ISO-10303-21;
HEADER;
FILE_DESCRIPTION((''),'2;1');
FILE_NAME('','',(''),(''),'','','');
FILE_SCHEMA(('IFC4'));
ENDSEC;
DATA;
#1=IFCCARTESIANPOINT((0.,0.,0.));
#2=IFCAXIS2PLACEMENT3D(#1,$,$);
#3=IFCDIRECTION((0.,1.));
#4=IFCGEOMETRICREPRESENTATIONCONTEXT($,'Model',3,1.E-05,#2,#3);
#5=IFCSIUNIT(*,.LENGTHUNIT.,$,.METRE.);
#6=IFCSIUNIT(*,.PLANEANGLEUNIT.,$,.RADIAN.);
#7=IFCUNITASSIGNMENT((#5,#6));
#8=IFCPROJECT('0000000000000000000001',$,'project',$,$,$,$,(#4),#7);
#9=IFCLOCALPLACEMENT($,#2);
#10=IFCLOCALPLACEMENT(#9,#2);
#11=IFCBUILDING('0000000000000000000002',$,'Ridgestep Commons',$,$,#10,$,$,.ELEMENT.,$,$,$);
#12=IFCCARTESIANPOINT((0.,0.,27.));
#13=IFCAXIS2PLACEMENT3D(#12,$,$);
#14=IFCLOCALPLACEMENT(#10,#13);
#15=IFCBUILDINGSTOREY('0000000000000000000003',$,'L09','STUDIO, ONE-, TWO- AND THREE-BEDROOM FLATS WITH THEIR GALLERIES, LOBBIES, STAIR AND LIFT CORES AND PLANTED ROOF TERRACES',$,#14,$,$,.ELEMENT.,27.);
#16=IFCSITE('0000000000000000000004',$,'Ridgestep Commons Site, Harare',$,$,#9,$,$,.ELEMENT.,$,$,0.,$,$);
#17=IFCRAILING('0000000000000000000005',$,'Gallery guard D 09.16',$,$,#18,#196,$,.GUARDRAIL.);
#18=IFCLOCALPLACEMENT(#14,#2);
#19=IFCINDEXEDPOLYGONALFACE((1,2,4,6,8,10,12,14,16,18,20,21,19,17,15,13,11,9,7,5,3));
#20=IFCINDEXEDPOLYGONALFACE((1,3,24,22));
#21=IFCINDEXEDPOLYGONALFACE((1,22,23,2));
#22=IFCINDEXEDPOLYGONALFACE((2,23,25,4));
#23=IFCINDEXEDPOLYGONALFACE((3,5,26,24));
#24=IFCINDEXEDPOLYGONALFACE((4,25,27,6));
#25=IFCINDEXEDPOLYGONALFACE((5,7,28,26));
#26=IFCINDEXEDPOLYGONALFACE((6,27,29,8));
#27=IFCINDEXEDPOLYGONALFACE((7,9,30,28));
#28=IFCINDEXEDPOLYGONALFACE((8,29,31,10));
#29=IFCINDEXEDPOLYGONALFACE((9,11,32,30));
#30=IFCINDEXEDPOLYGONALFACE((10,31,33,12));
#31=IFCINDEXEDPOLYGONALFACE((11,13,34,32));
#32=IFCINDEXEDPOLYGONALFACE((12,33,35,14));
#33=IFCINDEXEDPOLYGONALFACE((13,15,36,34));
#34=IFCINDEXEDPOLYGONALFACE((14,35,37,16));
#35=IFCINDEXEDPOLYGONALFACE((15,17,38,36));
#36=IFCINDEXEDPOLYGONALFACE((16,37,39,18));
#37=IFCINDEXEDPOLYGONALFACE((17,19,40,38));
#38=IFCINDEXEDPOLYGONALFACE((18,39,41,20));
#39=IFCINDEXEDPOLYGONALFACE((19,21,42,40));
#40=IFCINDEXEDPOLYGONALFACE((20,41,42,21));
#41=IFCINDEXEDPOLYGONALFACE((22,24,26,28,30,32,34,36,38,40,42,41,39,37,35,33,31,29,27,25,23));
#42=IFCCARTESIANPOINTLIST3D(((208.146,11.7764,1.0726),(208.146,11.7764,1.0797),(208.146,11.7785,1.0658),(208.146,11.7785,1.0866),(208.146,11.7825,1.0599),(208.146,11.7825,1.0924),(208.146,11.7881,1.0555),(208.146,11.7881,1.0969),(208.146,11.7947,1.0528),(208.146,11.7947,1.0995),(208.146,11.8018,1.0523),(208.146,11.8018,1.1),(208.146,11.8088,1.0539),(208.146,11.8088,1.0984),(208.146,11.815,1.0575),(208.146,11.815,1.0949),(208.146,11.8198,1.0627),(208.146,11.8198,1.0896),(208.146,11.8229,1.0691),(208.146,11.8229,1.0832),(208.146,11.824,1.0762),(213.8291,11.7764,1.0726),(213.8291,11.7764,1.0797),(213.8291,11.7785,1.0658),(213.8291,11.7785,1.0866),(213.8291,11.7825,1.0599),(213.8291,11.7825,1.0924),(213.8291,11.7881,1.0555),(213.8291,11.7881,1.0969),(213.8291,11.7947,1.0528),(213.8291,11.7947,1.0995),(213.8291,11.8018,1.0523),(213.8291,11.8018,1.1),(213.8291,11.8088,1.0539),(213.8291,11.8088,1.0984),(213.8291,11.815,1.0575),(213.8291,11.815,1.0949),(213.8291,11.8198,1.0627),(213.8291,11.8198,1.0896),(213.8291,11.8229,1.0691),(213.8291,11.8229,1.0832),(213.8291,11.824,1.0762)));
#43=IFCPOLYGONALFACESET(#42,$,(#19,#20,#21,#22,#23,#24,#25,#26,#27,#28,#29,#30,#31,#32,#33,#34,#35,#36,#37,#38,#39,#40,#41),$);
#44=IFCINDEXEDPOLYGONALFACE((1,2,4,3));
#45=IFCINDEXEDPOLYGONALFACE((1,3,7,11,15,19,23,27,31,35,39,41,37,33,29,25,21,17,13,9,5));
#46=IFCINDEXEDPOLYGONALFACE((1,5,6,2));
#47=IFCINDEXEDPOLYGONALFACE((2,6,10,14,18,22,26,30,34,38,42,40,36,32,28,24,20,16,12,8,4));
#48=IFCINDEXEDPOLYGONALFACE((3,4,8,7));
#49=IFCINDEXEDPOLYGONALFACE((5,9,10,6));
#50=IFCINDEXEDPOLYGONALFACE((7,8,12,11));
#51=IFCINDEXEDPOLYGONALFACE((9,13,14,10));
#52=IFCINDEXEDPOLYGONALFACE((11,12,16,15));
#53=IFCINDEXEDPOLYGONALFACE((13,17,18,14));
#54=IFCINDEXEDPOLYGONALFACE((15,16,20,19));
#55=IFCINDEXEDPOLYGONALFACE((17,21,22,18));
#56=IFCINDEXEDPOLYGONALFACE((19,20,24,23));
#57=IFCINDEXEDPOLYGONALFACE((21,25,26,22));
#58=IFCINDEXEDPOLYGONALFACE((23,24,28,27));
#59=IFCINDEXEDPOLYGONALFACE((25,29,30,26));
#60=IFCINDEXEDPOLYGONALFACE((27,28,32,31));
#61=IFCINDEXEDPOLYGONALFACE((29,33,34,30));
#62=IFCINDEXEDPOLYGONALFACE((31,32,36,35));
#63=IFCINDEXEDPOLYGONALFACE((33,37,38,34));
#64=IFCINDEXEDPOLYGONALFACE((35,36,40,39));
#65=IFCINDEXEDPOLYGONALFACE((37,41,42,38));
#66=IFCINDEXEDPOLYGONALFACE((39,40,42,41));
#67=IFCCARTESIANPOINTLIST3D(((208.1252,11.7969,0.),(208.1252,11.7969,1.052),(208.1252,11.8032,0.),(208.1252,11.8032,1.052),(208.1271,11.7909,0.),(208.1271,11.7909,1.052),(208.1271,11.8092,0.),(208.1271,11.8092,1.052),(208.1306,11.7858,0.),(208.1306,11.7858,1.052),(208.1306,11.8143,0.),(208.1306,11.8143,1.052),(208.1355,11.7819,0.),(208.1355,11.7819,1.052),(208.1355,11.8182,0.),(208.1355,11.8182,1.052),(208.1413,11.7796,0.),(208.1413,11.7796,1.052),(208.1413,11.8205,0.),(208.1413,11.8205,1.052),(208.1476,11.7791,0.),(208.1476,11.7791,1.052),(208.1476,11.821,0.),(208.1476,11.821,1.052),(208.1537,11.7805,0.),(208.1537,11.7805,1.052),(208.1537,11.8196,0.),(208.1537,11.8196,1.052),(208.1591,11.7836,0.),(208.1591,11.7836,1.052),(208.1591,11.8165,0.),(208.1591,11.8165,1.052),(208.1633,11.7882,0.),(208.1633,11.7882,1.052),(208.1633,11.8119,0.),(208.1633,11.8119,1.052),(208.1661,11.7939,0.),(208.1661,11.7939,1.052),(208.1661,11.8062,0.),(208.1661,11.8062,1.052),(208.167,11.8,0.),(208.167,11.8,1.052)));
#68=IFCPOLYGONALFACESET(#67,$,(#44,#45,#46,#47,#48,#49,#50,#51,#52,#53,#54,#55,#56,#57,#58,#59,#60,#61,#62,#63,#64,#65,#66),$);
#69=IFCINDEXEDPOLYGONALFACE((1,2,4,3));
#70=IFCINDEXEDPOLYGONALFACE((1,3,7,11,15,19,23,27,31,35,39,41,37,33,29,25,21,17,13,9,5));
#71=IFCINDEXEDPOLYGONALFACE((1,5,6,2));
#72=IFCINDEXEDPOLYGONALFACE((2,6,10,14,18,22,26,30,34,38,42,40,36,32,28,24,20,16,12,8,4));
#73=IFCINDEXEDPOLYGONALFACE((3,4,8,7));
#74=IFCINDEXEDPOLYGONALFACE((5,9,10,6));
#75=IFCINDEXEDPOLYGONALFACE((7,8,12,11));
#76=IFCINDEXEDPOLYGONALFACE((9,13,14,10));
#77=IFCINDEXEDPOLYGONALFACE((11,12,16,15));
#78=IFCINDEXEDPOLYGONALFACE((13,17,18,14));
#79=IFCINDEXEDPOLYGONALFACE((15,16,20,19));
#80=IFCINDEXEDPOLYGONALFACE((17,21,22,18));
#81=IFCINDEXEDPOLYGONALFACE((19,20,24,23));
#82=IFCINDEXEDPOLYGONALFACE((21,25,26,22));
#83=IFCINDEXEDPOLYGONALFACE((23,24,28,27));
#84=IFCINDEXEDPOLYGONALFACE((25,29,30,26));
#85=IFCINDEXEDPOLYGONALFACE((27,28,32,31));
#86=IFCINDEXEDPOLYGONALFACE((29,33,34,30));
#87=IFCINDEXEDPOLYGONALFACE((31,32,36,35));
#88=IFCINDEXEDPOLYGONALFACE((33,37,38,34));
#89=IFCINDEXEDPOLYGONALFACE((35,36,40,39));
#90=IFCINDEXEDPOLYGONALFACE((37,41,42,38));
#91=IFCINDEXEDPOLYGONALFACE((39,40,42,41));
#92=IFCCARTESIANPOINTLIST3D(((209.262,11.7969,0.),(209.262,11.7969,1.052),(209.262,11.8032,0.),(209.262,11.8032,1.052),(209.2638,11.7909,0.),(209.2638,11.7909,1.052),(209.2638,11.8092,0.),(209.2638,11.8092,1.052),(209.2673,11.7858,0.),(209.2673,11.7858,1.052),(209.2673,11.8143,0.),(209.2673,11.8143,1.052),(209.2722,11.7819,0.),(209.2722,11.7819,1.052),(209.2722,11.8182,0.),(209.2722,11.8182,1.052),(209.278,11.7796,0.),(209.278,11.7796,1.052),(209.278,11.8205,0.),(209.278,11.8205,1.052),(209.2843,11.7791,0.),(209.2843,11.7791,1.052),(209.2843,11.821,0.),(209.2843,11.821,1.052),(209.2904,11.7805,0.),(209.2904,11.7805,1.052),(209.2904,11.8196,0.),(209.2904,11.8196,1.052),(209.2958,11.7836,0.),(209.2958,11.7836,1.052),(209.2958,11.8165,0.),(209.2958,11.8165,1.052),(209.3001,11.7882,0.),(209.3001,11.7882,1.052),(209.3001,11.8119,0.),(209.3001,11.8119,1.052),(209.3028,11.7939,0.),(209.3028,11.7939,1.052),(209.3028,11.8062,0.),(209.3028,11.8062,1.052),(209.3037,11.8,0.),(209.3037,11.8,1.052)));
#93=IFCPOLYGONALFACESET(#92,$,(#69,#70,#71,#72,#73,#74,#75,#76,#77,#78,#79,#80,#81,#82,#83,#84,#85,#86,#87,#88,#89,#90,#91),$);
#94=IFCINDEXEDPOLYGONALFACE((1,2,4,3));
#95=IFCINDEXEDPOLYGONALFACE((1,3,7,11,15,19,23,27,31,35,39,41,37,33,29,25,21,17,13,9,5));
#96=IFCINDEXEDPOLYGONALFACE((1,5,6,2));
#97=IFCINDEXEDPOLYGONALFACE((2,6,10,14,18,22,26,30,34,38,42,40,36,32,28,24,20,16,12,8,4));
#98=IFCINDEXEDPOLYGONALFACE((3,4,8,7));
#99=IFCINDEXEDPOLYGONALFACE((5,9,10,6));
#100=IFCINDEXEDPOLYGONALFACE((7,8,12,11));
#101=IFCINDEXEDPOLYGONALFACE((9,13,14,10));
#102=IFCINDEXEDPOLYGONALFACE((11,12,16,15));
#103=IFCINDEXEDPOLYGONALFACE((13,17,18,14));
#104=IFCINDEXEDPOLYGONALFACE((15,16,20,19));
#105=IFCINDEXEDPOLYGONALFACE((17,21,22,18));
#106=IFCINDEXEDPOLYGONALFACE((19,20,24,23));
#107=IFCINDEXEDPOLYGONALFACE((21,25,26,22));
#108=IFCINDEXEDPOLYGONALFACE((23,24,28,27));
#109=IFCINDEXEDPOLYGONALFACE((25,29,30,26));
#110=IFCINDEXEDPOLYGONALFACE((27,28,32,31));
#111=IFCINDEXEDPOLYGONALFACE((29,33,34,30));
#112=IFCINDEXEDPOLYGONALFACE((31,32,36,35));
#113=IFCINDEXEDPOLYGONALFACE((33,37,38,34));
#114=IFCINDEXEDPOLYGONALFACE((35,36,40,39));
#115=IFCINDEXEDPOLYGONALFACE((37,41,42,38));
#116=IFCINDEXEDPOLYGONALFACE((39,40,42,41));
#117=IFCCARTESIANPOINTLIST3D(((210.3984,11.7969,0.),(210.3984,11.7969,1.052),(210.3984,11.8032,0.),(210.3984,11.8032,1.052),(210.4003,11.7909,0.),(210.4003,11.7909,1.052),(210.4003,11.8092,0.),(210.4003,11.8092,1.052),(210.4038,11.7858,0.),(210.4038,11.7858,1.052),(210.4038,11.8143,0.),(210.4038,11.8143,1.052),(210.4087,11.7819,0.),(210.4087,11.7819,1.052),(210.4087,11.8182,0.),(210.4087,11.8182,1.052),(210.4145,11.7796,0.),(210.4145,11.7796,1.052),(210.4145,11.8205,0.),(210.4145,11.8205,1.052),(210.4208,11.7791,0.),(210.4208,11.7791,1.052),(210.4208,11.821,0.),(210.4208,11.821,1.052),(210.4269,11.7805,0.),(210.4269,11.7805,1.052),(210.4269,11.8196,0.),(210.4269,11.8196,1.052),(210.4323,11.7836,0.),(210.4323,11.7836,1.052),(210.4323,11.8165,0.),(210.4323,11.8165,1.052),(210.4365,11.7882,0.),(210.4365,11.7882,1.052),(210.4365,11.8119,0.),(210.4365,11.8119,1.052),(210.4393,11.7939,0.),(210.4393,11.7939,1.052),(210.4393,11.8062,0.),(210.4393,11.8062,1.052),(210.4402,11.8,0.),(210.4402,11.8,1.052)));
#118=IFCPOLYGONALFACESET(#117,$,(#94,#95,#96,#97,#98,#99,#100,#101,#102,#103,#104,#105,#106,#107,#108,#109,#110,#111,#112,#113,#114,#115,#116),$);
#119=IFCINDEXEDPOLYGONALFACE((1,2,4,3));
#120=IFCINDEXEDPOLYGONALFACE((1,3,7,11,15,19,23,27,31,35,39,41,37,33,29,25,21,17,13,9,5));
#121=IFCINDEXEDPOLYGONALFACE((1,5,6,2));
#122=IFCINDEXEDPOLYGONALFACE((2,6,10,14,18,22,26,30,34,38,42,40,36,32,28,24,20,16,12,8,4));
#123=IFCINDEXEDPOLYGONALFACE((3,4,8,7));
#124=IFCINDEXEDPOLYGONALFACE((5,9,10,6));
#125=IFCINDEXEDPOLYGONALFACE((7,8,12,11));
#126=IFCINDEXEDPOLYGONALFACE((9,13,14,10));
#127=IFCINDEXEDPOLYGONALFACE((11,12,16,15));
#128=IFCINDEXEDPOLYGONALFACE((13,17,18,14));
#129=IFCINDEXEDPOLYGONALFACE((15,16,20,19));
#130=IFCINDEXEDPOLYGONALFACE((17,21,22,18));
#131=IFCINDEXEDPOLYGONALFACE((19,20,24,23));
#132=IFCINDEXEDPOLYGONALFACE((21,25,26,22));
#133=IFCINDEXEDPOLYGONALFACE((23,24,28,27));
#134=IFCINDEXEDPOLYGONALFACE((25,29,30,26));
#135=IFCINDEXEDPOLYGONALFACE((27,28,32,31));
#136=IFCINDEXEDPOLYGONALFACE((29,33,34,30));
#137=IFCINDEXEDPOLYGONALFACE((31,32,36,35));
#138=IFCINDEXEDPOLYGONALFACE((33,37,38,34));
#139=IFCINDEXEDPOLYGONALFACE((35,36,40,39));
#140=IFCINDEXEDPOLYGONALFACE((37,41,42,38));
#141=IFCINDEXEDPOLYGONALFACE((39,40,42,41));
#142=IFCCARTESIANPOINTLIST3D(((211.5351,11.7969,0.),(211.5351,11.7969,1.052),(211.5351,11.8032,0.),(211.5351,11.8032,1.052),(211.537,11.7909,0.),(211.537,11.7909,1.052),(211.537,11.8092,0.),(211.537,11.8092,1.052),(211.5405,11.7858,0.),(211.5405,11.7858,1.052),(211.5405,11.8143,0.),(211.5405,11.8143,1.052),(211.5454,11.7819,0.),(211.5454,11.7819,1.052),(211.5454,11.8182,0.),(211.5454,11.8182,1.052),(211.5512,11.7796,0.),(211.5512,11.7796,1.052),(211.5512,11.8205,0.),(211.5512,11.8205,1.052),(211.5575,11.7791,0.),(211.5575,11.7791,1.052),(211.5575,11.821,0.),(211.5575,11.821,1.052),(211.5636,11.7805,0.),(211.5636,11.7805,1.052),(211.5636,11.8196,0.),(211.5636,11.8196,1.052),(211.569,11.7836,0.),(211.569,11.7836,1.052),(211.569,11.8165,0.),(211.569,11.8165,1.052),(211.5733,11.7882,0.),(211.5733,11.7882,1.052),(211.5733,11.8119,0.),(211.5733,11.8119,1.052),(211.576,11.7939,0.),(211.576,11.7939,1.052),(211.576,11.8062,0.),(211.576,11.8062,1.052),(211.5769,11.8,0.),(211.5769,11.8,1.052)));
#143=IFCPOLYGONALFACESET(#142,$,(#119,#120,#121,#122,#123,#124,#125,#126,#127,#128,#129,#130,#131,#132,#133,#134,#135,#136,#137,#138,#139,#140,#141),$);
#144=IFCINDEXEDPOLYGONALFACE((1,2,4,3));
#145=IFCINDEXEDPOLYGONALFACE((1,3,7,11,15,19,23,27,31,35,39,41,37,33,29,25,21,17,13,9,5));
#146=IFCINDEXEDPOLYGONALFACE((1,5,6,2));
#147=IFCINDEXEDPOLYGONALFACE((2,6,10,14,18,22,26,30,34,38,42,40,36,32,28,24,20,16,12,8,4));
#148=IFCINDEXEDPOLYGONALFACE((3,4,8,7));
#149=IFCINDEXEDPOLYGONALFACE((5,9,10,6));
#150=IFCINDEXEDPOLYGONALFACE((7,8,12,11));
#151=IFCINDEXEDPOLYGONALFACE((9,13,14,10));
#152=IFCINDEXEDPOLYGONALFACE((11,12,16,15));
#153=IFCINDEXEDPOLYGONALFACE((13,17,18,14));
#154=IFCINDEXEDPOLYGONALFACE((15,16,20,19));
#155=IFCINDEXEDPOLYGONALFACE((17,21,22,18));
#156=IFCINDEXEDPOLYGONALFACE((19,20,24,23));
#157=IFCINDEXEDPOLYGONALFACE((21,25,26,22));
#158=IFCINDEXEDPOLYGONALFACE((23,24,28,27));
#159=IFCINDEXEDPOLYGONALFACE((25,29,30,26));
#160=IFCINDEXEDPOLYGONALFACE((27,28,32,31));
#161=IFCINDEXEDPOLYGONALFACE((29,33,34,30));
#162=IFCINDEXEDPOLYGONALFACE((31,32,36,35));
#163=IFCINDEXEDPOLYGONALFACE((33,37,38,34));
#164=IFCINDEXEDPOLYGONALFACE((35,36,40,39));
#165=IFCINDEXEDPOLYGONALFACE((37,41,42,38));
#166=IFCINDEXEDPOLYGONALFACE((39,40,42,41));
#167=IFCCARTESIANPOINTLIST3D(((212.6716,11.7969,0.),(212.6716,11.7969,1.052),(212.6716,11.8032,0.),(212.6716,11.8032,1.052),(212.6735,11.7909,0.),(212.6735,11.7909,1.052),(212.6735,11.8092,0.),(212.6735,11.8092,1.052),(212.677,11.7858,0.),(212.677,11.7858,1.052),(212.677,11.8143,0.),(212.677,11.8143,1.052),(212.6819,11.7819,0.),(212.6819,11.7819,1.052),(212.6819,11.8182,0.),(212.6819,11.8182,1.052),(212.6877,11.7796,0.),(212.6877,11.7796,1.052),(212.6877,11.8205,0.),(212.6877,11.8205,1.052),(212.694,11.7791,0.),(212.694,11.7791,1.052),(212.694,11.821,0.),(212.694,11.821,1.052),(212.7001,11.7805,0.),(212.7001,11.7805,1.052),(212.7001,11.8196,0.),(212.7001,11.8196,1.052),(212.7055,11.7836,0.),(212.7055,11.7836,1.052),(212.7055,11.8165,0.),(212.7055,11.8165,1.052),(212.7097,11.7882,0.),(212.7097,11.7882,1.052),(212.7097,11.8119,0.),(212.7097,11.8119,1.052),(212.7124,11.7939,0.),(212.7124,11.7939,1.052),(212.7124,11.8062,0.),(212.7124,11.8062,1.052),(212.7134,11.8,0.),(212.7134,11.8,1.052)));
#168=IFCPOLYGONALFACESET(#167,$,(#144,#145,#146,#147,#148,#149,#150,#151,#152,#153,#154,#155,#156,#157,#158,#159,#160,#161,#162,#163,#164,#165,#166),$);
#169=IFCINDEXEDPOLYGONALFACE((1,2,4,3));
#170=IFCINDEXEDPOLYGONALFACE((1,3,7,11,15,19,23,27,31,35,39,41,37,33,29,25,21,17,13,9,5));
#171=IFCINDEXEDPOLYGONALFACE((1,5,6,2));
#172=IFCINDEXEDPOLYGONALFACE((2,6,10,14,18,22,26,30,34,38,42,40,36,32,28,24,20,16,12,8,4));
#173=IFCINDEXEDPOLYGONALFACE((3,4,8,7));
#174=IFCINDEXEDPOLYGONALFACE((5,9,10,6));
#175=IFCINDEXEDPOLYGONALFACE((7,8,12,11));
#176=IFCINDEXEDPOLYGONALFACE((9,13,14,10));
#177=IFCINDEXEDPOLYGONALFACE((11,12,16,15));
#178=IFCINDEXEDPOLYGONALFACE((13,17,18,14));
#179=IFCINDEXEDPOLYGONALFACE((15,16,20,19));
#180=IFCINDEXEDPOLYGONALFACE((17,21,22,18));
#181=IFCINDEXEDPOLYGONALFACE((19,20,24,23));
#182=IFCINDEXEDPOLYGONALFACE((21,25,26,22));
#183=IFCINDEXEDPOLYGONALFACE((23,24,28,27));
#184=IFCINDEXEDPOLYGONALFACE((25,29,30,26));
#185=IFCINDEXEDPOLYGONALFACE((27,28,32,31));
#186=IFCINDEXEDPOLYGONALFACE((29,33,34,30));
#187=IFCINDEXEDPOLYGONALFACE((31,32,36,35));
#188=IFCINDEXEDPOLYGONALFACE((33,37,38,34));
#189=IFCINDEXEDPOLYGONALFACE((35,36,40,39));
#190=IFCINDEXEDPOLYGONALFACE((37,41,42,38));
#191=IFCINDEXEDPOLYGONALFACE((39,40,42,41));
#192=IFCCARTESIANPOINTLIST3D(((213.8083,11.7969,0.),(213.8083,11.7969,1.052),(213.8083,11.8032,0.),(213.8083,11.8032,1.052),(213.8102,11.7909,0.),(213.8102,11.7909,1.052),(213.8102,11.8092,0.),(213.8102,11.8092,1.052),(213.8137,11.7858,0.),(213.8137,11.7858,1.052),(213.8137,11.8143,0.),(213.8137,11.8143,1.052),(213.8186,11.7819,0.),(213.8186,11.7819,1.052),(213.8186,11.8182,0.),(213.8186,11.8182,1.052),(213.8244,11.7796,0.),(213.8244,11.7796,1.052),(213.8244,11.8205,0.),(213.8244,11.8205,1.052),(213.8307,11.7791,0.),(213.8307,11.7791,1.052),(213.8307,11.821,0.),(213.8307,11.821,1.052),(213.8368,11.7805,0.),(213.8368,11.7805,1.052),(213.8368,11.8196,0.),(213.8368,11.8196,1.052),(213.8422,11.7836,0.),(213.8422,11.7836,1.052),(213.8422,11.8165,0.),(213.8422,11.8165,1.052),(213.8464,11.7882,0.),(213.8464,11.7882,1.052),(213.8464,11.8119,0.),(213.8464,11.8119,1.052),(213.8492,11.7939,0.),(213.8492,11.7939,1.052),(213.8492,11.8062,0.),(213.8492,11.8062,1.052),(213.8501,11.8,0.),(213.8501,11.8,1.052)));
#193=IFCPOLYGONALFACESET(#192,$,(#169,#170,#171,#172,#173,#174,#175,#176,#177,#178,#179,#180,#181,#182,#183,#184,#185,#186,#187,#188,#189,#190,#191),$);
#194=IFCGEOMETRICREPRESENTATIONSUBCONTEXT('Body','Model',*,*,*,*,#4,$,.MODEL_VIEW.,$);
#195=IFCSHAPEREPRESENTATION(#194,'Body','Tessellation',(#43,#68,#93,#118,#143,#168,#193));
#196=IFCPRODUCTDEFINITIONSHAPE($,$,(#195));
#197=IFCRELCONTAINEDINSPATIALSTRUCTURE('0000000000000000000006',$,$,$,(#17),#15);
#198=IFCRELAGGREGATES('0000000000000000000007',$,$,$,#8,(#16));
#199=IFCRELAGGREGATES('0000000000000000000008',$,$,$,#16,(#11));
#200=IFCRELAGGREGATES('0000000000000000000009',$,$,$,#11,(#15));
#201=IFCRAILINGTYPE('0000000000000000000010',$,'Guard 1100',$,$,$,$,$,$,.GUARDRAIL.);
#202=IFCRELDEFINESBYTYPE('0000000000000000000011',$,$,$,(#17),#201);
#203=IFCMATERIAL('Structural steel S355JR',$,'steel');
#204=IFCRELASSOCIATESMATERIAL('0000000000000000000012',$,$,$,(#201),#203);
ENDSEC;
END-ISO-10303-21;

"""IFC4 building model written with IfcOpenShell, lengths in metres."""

from ifc_helpers import new_model, si_unit, direction, frame, origin, origin_2d, place, context, subcontext, project, spatial, circle, extrude, material, type_object, element, save


model = new_model("IFC4")

# Units and contexts
model_context = context("Model", 3, precision=1e-05, world=origin(), true_north=direction((0.0, 1.0)))
body_context = subcontext(model_context, "Body", "Model", "MODEL_VIEW")
ifc_project = project(units=[si_unit("LENGTHUNIT", "METRE"), si_unit("PLANEANGLEUNIT", "RADIAN")], contexts=[model_context])

# Site, building, storey
site_placement = place(None, origin())
site = spatial("IfcSite", under=ifc_project, at=site_placement, Name="Ridgestep Commons Site, Harare", CompositionType="ELEMENT", RefElevation=0.0)
building_placement = place(site_placement, origin())
building = spatial("IfcBuilding", under=site, at=building_placement, Name="Ridgestep Commons", CompositionType="ELEMENT")
storey_placement = place(building_placement, frame((0.0, 0.0, 27.0)))
storey = spatial("IfcBuildingStorey", under=building, at=storey_placement, Name="L09", Description="STUDIO, ONE-, TWO- AND THREE-BEDROOM FLATS WITH THEIR GALLERIES, LOBBIES, STAIR AND LIFT CORES AND PLANTED ROOF TERRACES", CompositionType="ELEMENT", Elevation=27.0)

# Railing
ifc_material_1 = material(Name="Structural steel S355JR", Category="steel")
railing_type_1 = type_object("IfcRailingType", Name="Guard 1100", PredefinedType="GUARDRAIL", material=ifc_material_1)
railing_1_placement = place(storey_placement, frame((208.146, 11.8, 0.0)))
element("IfcRailing", 1, at=railing_1_placement, inside=storey, type_object=railing_type_1, Name="Gallery guard D 09.16", PredefinedType="GUARDRAIL", context=body_context, shape_type="SweptSolid", body=[
    extrude(circle(Radius=0.0239, at=origin_2d()), frame((0.0, 0.0, 1.0762), z_axis=(1.0, 0.0, 0.0), x_axis=(0.0, 1.0, 0.0)), (0.0, 0.0, 1.0), 5.6831),
    extrude(circle(Radius=0.021, at=origin_2d()), origin(), (0.0, 0.0, 1.0), 1.052),
    extrude(circle(Radius=0.021, at=origin_2d()), frame((1.1367, 0.0, 0.0)), (0.0, 0.0, 1.0), 1.052),
    extrude(circle(Radius=0.021, at=origin_2d()), frame((2.2732, 0.0, 0.0)), (0.0, 0.0, 1.0), 1.052),
    extrude(circle(Radius=0.021, at=origin_2d()), frame((3.4099, 0.0, 0.0)), (0.0, 0.0, 1.0), 1.052),
    extrude(circle(Radius=0.021, at=origin_2d()), frame((4.5464, 0.0, 0.0)), (0.0, 0.0, 1.0), 1.052),
    extrude(circle(Radius=0.021, at=origin_2d()), frame((5.6831, 0.0, 0.0)), (0.0, 0.0, 1.0), 1.052),
])

save(model, "model.ifc")
